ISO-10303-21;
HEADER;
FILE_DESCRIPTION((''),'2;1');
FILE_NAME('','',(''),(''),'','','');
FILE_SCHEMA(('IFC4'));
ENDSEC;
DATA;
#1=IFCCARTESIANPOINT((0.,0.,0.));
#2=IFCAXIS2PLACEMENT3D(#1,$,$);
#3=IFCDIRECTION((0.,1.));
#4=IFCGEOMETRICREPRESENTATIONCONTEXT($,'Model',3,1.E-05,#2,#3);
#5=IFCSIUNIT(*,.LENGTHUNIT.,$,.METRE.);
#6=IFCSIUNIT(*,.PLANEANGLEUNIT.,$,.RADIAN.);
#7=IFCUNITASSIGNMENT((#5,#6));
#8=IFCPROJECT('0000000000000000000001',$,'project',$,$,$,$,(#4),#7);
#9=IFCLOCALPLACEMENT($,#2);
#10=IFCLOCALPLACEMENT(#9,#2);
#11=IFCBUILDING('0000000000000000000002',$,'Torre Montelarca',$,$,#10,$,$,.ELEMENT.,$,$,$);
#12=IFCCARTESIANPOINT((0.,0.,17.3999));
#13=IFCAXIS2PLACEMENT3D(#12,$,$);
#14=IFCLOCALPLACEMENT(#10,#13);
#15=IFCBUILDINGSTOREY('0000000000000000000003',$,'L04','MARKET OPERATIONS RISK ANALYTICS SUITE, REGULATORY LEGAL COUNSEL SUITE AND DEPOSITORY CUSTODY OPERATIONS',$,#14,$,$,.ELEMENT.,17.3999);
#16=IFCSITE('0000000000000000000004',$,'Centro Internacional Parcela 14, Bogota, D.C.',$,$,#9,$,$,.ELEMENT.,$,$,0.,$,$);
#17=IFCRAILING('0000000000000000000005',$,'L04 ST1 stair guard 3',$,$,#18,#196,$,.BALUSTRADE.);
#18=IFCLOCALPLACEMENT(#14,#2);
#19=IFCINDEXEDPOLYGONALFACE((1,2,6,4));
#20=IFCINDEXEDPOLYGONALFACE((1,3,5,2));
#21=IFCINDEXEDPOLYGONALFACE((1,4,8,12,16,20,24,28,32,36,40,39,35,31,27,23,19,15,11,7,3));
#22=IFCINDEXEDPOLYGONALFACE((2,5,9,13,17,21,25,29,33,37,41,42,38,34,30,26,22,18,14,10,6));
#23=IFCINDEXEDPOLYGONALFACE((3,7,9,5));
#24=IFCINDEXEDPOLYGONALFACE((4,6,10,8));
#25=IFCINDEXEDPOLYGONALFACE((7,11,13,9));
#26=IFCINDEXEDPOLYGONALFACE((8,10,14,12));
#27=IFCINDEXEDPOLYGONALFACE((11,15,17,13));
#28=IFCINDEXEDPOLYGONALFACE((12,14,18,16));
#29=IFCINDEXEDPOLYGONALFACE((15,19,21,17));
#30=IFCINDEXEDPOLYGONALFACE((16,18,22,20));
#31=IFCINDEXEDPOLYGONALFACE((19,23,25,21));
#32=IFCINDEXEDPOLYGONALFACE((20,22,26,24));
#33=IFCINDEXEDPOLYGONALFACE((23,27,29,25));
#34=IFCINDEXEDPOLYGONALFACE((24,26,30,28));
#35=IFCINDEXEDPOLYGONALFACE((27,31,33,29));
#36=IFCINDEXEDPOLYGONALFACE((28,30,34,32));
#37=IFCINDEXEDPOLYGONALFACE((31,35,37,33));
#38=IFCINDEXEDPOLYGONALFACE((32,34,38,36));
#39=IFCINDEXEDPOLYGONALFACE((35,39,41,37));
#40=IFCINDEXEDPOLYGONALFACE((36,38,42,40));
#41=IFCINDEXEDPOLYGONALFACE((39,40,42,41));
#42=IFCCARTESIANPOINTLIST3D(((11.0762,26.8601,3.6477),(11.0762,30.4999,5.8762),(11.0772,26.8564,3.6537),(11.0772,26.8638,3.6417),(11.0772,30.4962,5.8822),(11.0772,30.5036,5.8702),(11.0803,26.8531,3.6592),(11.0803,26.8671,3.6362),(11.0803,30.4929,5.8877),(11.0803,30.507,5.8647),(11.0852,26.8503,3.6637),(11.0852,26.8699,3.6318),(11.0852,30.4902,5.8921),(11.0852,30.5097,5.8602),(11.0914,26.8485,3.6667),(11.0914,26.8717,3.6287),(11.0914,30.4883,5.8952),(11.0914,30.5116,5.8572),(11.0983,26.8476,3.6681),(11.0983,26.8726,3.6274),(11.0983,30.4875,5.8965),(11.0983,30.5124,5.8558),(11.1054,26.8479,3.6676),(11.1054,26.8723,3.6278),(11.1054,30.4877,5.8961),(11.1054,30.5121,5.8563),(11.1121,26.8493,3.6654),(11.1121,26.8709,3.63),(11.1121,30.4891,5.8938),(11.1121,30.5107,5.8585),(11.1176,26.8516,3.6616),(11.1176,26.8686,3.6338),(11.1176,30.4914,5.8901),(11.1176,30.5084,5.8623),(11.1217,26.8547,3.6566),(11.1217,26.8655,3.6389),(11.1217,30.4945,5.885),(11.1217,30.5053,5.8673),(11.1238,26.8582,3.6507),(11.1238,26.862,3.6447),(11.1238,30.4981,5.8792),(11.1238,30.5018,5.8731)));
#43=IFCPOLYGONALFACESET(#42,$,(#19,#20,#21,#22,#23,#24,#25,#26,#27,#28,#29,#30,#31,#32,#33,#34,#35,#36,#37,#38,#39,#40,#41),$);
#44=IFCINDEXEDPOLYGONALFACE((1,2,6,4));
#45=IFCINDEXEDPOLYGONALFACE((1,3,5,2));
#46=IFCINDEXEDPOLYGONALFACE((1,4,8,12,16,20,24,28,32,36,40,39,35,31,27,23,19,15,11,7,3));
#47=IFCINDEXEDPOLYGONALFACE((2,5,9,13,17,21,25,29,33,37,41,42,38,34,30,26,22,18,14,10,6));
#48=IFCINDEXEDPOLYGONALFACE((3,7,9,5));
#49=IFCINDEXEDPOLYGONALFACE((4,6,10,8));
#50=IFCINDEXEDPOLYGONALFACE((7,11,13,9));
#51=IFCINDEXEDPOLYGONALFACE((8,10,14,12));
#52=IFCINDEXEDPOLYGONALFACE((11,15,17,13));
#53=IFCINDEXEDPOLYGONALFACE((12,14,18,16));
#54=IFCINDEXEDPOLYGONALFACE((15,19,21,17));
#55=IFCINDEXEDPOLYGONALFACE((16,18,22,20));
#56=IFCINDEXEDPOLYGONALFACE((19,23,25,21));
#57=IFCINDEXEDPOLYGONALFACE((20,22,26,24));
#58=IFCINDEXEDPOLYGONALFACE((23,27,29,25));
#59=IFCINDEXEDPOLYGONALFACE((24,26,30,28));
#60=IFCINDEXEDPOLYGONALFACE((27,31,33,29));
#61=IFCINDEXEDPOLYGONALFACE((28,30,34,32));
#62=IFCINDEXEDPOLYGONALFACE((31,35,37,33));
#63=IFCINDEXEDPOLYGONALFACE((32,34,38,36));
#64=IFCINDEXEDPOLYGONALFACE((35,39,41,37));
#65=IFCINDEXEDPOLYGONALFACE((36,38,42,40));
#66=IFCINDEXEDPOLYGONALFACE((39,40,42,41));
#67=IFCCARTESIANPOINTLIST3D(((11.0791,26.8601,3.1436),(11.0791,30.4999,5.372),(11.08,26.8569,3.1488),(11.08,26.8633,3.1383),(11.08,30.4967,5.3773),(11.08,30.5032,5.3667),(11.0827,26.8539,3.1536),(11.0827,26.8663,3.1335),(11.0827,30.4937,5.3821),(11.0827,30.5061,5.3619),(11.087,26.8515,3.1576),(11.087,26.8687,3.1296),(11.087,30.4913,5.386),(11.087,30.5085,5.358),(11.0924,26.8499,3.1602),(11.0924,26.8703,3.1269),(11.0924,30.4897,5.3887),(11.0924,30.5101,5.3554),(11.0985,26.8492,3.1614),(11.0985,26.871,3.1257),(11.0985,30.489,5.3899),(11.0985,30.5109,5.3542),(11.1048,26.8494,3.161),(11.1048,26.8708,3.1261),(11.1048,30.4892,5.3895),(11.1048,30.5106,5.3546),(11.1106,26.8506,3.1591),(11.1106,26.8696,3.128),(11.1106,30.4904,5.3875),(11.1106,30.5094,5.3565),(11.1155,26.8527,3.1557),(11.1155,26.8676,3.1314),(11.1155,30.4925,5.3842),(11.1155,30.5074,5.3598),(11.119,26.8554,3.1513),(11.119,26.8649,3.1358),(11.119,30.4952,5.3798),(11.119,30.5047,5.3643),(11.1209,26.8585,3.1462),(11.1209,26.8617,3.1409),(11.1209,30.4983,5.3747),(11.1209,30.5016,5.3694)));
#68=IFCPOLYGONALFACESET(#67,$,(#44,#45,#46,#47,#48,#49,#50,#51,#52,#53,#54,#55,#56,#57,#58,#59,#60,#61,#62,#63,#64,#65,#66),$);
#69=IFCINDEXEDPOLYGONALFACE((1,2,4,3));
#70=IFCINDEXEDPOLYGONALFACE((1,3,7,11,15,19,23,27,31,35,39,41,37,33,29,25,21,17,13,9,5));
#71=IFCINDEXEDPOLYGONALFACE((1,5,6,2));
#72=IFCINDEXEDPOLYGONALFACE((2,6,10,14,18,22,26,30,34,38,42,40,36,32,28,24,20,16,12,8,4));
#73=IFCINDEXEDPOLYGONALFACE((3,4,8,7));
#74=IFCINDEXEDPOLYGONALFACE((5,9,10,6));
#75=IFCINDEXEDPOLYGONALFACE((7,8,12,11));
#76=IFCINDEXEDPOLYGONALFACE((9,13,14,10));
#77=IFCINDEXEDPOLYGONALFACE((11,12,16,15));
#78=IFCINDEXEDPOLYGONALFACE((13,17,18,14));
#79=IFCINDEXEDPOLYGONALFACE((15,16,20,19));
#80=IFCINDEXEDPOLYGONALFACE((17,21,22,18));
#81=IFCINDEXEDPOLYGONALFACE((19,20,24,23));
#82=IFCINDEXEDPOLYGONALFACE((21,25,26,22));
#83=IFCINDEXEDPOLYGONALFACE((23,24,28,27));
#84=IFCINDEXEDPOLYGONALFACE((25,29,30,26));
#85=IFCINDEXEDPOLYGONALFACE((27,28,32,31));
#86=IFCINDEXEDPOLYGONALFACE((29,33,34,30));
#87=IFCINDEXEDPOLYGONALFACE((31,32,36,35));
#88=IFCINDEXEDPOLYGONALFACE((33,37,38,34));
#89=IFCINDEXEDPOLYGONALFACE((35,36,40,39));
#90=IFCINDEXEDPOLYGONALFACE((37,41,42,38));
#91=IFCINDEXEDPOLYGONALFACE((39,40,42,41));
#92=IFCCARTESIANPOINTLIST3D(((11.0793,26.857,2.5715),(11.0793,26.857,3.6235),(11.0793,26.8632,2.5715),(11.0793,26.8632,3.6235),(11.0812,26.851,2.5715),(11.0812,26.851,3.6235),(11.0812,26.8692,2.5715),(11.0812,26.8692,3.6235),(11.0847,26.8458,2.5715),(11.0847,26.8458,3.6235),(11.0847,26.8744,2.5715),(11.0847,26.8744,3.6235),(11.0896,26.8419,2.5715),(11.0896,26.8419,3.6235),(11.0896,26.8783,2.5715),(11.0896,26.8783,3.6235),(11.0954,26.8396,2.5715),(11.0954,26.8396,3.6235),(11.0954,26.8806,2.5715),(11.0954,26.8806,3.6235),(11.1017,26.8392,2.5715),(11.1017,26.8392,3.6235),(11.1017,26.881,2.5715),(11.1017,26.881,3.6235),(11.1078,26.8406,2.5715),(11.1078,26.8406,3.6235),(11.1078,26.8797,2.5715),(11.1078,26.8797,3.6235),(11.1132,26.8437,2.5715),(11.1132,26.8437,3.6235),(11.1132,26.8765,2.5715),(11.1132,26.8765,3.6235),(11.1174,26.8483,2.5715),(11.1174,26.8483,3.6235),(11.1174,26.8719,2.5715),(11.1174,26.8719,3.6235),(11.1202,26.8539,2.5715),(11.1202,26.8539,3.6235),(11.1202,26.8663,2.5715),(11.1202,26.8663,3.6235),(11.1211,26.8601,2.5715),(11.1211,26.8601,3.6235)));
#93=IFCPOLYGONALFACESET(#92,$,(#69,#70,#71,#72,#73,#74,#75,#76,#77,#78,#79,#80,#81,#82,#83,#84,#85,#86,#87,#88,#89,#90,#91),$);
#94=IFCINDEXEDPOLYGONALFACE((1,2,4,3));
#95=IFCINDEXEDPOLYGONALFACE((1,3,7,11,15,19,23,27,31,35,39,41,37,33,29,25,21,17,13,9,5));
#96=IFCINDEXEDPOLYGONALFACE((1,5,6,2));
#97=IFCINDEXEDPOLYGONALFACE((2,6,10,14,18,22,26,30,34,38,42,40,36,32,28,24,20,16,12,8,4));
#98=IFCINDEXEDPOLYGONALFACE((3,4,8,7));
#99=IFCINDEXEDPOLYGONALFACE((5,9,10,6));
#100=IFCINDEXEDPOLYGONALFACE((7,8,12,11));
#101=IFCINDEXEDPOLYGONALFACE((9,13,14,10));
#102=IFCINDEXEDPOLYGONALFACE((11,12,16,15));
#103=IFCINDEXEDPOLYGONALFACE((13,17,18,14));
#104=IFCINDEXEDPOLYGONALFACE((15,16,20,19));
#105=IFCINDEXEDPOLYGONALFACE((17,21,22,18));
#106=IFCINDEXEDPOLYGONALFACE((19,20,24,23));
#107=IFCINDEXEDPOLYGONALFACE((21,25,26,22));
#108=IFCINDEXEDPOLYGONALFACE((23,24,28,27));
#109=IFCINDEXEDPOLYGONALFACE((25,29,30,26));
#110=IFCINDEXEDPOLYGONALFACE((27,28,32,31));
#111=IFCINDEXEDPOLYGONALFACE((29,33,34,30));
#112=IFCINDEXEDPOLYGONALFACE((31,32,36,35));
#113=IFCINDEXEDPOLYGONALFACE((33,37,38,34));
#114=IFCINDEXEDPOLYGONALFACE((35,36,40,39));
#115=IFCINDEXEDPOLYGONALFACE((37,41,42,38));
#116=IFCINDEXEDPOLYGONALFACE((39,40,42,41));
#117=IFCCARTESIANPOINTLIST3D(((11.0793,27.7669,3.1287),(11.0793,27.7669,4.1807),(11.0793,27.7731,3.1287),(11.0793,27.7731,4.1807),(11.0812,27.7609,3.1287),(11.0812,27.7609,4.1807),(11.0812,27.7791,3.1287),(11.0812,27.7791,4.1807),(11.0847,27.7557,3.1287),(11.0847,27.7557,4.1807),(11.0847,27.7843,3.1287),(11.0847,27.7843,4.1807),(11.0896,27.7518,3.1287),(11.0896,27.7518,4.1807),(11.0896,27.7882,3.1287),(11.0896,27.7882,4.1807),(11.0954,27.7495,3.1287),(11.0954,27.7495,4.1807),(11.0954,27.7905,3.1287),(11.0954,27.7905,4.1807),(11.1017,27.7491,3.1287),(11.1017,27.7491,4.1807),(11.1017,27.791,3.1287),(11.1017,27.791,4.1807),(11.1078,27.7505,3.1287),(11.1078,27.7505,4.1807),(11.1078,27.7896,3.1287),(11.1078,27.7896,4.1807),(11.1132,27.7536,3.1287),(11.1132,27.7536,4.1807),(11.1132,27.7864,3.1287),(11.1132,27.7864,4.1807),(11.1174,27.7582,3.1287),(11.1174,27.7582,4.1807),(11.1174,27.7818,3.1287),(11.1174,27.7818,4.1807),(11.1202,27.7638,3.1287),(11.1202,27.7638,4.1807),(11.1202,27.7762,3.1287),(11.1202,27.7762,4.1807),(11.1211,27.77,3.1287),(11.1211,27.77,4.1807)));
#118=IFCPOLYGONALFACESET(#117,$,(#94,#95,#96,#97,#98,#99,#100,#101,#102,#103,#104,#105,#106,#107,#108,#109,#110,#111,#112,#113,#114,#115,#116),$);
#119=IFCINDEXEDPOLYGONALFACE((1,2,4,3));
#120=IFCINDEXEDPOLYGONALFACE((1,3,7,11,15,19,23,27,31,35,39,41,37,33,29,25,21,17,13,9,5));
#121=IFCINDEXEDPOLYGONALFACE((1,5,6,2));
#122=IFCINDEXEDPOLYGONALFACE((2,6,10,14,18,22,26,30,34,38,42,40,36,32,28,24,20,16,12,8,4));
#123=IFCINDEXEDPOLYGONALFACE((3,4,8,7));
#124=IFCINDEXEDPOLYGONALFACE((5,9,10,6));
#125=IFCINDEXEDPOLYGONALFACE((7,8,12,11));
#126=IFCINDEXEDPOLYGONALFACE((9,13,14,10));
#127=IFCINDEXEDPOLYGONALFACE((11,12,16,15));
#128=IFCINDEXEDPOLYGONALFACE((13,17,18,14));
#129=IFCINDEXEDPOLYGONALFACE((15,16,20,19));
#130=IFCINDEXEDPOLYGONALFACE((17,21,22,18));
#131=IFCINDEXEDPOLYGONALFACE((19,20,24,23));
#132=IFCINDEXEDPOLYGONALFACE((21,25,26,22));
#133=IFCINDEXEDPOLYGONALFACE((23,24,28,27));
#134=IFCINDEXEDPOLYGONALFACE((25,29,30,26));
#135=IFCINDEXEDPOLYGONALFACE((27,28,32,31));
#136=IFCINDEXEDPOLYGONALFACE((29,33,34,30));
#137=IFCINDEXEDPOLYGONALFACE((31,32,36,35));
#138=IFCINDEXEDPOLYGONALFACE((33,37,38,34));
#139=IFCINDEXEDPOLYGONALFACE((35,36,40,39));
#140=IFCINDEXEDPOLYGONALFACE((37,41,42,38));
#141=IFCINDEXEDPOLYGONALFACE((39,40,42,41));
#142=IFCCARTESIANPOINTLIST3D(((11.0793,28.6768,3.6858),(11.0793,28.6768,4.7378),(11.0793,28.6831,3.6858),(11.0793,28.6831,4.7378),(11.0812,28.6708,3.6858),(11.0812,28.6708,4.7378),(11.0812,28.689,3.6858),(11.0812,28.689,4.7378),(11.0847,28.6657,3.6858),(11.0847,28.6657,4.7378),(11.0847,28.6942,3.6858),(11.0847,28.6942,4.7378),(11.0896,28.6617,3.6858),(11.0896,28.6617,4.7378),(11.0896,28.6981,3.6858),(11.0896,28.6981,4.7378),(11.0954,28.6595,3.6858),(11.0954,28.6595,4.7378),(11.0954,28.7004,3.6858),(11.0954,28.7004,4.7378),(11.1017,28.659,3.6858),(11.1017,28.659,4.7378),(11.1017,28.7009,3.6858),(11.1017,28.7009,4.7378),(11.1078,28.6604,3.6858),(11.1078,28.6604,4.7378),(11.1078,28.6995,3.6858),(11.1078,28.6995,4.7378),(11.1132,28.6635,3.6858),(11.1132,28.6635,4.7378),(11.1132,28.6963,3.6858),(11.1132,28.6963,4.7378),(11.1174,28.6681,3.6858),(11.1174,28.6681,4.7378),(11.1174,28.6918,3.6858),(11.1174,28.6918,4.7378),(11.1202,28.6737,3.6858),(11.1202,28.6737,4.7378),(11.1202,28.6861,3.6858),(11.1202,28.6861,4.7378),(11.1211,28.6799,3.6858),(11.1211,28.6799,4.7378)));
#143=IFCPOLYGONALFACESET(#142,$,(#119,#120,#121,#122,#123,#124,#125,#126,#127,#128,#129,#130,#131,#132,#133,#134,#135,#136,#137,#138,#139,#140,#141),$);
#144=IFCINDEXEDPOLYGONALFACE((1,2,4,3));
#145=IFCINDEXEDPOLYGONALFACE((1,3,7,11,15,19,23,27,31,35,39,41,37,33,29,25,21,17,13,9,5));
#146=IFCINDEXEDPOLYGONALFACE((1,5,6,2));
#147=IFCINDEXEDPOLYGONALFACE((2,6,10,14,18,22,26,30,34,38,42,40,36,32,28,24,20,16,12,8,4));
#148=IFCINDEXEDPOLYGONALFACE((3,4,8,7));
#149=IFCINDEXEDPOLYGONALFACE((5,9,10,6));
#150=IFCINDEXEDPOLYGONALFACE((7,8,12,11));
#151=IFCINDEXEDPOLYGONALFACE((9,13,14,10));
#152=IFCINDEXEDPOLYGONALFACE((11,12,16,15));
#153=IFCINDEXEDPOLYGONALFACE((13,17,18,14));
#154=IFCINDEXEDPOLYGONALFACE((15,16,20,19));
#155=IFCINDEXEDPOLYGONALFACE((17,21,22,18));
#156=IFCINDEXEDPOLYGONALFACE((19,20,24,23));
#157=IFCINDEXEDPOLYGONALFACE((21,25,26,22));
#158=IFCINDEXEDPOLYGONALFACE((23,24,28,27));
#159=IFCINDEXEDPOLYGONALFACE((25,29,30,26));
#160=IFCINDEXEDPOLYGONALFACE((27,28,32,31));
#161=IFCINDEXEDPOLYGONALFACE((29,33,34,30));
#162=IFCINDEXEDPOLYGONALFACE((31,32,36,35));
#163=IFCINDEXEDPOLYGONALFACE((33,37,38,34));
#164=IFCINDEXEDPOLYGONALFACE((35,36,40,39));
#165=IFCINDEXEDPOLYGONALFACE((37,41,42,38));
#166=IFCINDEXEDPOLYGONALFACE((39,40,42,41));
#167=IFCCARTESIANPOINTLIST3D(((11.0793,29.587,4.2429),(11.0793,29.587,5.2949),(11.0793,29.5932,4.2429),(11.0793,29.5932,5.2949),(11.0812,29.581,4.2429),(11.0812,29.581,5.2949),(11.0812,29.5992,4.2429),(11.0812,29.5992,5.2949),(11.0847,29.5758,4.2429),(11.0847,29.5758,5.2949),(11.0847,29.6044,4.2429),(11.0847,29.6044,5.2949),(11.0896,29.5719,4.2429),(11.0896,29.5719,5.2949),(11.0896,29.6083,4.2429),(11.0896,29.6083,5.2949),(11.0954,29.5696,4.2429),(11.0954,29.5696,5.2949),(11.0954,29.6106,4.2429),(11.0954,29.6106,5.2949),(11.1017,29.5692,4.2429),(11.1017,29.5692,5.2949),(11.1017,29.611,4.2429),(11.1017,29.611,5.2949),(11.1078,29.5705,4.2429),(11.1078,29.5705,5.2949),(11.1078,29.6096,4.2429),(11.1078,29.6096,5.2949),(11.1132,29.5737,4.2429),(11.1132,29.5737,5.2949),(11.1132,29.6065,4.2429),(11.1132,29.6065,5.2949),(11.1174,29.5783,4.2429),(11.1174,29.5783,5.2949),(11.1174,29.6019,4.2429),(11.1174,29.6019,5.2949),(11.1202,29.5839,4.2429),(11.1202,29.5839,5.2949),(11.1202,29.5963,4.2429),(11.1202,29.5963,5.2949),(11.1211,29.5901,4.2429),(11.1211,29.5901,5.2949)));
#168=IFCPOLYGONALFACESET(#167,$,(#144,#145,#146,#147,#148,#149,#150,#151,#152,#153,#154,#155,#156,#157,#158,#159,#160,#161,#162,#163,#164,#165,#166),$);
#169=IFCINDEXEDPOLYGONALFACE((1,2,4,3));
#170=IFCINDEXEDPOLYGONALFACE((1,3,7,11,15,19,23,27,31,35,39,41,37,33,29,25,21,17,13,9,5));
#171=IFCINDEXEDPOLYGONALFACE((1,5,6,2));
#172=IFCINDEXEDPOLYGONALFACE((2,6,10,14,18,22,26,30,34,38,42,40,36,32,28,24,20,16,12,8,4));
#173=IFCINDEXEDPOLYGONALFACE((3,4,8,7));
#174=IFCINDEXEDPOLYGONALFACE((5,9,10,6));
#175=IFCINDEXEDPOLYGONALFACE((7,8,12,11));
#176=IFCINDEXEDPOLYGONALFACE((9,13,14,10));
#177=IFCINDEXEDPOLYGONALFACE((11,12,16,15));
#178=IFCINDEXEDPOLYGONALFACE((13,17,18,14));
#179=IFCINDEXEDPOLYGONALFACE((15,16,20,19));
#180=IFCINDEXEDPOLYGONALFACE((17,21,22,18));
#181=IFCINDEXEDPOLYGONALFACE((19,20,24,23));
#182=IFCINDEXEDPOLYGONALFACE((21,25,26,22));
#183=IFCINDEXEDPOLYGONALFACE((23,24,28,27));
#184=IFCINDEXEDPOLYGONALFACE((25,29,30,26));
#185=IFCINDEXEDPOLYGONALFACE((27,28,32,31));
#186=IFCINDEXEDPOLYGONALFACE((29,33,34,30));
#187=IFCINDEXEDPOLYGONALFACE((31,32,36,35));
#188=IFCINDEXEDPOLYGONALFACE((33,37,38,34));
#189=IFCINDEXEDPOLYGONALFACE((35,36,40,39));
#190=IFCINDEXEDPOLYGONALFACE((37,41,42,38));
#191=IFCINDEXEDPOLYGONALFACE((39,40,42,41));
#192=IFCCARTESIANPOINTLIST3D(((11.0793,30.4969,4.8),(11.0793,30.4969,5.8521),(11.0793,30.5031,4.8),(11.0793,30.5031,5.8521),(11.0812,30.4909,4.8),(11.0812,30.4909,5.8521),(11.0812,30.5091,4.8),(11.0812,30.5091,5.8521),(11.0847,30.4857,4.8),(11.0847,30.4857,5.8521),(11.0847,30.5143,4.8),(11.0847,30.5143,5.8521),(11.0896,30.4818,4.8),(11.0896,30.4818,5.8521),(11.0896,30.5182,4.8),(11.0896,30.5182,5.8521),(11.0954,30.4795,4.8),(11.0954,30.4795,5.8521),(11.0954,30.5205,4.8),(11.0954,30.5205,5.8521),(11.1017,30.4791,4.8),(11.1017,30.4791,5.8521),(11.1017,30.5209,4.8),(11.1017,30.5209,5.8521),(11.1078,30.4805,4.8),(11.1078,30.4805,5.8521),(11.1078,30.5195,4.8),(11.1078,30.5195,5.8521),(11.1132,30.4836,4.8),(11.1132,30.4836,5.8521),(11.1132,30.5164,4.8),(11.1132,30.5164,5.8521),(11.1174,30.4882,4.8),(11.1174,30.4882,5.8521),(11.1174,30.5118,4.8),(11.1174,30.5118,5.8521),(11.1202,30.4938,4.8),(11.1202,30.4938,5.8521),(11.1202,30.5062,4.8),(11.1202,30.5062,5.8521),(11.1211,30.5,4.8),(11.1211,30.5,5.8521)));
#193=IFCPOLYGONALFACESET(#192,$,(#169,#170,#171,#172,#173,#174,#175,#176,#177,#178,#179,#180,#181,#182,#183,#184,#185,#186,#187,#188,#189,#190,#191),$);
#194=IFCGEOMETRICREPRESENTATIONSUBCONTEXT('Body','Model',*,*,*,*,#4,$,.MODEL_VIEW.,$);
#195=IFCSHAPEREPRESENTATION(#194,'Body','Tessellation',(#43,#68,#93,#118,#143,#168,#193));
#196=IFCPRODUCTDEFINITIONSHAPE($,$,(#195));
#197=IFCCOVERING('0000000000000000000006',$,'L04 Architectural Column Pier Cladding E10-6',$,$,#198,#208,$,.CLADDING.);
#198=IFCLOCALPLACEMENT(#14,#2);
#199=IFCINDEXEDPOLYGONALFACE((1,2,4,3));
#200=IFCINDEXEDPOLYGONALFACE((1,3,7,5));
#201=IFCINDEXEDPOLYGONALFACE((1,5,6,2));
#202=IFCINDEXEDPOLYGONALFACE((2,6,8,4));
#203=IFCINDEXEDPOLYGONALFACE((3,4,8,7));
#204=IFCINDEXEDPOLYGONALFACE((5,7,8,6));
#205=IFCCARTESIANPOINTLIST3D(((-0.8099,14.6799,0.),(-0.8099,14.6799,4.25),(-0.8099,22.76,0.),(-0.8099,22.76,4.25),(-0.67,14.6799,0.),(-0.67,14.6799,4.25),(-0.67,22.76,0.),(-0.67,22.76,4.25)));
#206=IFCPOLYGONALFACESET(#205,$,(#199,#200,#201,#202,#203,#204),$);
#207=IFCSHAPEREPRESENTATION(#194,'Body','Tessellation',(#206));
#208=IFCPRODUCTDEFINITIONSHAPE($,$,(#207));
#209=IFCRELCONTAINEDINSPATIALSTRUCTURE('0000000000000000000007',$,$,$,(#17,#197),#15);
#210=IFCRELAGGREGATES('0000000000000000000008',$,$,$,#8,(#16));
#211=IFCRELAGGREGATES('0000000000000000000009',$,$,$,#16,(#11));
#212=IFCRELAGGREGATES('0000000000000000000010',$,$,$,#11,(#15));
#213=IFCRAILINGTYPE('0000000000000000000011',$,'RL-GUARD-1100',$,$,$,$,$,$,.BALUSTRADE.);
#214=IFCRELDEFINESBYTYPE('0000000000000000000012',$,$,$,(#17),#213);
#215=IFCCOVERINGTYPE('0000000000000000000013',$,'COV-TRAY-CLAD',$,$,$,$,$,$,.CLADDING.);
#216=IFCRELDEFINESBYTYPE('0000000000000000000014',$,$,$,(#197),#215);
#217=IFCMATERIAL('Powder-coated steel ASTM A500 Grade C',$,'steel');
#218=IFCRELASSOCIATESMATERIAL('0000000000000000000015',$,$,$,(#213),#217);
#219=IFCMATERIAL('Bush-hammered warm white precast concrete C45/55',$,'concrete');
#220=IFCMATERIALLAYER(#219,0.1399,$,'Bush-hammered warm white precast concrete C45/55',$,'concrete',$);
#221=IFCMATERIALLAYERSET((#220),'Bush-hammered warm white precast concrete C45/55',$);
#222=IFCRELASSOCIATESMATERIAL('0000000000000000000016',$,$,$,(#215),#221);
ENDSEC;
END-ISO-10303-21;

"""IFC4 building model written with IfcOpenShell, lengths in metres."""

from ifc_helpers import new_model, si_unit, direction, frame, origin, origin_2d, place, context, subcontext, project, spatial, rectangle, circle, extrude, source, transform, mapped, material, layer, layer_set, type_object, element, save


model = new_model("IFC4")

# Units and contexts
model_context = context("Model", 3, precision=1e-05, world=origin(), true_north=direction((0.0, 1.0)))
body_context = subcontext(model_context, "Body", "Model", "MODEL_VIEW")
ifc_project = project(units=[si_unit("LENGTHUNIT", "METRE"), si_unit("PLANEANGLEUNIT", "RADIAN")], contexts=[model_context])

# Site, building, storey
site_placement = place(None, origin())
site = spatial("IfcSite", under=ifc_project, at=site_placement, Name="Centro Internacional Parcela 14, Bogota, D.C.", CompositionType="ELEMENT", RefElevation=0.0)
building_placement = place(site_placement, origin())
building = spatial("IfcBuilding", under=site, at=building_placement, Name="Torre Montelarca", CompositionType="ELEMENT")
storey_placement = place(building_placement, frame((0.0, 0.0, 17.3999)))
storey = spatial("IfcBuildingStorey", under=building, at=storey_placement, Name="L04", Description="MARKET OPERATIONS RISK ANALYTICS SUITE, REGULATORY LEGAL COUNSEL SUITE AND DEPOSITORY CUSTODY OPERATIONS", CompositionType="ELEMENT", Elevation=17.3999)

# Railing
ifc_material_1 = material(Name="Powder-coated steel ASTM A500 Grade C", Category="steel")
railing_type = type_object("IfcRailingType", Name="RL-GUARD-1100", PredefinedType="BALUSTRADE", material=ifc_material_1)
railing_1_placement = place(storey_placement, frame((11.1001, 26.8601, 2.5715)))
element("IfcRailing", 1, at=railing_1_placement, inside=storey, type_object=railing_type, Name="L04 ST1 stair guard 3", PredefinedType="BALUSTRADE", context=body_context, shape_type="SweptSolid", body=[
    extrude(circle(Radius=0.0239, at=origin_2d()), frame((0.0, 0.0, 1.0762), z_axis=(0.0, 0.85285, 0.522156), x_axis=(-1.0, 0.0, 0.0)), (0.0, 0.0, 1.0), 4.2678),
    extrude(circle(Radius=0.021, at=origin_2d()), frame((0.0, 0.0, 0.572), z_axis=(0.0, 0.85285, 0.522156), x_axis=(-1.0, 0.0, 0.0)), (0.0, 0.0, 1.0), 4.2678),
    extrude(circle(Radius=0.021, at=origin_2d()), origin(), (0.0, 0.0, 1.0), 1.052),
    extrude(circle(Radius=0.021, at=origin_2d()), frame((0.0, 0.9099, 0.5571)), (0.0, 0.0, 1.0), 1.052),
    extrude(circle(Radius=0.021, at=origin_2d()), frame((0.0, 1.8198, 1.1143)), (0.0, 0.0, 1.0), 1.052),
    extrude(circle(Radius=0.021, at=origin_2d()), frame((0.0, 2.73, 1.6714)), (0.0, 0.0, 1.0), 1.052),
    extrude(circle(Radius=0.021, at=origin_2d()), frame((0.0, 3.6399, 2.2285)), (0.0, 0.0, 1.0), 1.052),
])

# Covering
ifc_material_2 = material(Name="Bush-hammered warm white precast concrete C45/55", Category="concrete")
ifc_layer_1 = layer(ifc_material_2, 0.1399, Name="Bush-hammered warm white precast concrete C45/55", Category="concrete")
ifc_layer_set_1 = layer_set([ifc_layer_1], Name="Bush-hammered warm white precast concrete C45/55")
covering_type = type_object("IfcCoveringType", Name="COV-TRAY-CLAD", PredefinedType="CLADDING", material=ifc_layer_set_1)
shared_shape_1 = source(origin(), body_context, "Body", "SweptSolid", [
    extrude(rectangle(XDim=8.0801, YDim=0.1399, at=origin_2d()), origin(), (0.0, 0.0, 1.0), 4.25),
])
covering_1_placement = place(storey_placement, frame((-0.74, 18.72, 0.0), z_axis=(0.0, 0.0, 1.0), x_axis=(0.0, -1.0, 0.0)))
element("IfcCovering", 2, at=covering_1_placement, inside=storey, type_object=covering_type, Name="L04 Architectural Column Pier Cladding E10-6", PredefinedType="CLADDING", context=body_context, shape_type="MappedRepresentation", body=[
    mapped(shared_shape_1, transform((0.0, 0.0, 0.0), scale=1.0)),
])

save(model, "model.ifc")
